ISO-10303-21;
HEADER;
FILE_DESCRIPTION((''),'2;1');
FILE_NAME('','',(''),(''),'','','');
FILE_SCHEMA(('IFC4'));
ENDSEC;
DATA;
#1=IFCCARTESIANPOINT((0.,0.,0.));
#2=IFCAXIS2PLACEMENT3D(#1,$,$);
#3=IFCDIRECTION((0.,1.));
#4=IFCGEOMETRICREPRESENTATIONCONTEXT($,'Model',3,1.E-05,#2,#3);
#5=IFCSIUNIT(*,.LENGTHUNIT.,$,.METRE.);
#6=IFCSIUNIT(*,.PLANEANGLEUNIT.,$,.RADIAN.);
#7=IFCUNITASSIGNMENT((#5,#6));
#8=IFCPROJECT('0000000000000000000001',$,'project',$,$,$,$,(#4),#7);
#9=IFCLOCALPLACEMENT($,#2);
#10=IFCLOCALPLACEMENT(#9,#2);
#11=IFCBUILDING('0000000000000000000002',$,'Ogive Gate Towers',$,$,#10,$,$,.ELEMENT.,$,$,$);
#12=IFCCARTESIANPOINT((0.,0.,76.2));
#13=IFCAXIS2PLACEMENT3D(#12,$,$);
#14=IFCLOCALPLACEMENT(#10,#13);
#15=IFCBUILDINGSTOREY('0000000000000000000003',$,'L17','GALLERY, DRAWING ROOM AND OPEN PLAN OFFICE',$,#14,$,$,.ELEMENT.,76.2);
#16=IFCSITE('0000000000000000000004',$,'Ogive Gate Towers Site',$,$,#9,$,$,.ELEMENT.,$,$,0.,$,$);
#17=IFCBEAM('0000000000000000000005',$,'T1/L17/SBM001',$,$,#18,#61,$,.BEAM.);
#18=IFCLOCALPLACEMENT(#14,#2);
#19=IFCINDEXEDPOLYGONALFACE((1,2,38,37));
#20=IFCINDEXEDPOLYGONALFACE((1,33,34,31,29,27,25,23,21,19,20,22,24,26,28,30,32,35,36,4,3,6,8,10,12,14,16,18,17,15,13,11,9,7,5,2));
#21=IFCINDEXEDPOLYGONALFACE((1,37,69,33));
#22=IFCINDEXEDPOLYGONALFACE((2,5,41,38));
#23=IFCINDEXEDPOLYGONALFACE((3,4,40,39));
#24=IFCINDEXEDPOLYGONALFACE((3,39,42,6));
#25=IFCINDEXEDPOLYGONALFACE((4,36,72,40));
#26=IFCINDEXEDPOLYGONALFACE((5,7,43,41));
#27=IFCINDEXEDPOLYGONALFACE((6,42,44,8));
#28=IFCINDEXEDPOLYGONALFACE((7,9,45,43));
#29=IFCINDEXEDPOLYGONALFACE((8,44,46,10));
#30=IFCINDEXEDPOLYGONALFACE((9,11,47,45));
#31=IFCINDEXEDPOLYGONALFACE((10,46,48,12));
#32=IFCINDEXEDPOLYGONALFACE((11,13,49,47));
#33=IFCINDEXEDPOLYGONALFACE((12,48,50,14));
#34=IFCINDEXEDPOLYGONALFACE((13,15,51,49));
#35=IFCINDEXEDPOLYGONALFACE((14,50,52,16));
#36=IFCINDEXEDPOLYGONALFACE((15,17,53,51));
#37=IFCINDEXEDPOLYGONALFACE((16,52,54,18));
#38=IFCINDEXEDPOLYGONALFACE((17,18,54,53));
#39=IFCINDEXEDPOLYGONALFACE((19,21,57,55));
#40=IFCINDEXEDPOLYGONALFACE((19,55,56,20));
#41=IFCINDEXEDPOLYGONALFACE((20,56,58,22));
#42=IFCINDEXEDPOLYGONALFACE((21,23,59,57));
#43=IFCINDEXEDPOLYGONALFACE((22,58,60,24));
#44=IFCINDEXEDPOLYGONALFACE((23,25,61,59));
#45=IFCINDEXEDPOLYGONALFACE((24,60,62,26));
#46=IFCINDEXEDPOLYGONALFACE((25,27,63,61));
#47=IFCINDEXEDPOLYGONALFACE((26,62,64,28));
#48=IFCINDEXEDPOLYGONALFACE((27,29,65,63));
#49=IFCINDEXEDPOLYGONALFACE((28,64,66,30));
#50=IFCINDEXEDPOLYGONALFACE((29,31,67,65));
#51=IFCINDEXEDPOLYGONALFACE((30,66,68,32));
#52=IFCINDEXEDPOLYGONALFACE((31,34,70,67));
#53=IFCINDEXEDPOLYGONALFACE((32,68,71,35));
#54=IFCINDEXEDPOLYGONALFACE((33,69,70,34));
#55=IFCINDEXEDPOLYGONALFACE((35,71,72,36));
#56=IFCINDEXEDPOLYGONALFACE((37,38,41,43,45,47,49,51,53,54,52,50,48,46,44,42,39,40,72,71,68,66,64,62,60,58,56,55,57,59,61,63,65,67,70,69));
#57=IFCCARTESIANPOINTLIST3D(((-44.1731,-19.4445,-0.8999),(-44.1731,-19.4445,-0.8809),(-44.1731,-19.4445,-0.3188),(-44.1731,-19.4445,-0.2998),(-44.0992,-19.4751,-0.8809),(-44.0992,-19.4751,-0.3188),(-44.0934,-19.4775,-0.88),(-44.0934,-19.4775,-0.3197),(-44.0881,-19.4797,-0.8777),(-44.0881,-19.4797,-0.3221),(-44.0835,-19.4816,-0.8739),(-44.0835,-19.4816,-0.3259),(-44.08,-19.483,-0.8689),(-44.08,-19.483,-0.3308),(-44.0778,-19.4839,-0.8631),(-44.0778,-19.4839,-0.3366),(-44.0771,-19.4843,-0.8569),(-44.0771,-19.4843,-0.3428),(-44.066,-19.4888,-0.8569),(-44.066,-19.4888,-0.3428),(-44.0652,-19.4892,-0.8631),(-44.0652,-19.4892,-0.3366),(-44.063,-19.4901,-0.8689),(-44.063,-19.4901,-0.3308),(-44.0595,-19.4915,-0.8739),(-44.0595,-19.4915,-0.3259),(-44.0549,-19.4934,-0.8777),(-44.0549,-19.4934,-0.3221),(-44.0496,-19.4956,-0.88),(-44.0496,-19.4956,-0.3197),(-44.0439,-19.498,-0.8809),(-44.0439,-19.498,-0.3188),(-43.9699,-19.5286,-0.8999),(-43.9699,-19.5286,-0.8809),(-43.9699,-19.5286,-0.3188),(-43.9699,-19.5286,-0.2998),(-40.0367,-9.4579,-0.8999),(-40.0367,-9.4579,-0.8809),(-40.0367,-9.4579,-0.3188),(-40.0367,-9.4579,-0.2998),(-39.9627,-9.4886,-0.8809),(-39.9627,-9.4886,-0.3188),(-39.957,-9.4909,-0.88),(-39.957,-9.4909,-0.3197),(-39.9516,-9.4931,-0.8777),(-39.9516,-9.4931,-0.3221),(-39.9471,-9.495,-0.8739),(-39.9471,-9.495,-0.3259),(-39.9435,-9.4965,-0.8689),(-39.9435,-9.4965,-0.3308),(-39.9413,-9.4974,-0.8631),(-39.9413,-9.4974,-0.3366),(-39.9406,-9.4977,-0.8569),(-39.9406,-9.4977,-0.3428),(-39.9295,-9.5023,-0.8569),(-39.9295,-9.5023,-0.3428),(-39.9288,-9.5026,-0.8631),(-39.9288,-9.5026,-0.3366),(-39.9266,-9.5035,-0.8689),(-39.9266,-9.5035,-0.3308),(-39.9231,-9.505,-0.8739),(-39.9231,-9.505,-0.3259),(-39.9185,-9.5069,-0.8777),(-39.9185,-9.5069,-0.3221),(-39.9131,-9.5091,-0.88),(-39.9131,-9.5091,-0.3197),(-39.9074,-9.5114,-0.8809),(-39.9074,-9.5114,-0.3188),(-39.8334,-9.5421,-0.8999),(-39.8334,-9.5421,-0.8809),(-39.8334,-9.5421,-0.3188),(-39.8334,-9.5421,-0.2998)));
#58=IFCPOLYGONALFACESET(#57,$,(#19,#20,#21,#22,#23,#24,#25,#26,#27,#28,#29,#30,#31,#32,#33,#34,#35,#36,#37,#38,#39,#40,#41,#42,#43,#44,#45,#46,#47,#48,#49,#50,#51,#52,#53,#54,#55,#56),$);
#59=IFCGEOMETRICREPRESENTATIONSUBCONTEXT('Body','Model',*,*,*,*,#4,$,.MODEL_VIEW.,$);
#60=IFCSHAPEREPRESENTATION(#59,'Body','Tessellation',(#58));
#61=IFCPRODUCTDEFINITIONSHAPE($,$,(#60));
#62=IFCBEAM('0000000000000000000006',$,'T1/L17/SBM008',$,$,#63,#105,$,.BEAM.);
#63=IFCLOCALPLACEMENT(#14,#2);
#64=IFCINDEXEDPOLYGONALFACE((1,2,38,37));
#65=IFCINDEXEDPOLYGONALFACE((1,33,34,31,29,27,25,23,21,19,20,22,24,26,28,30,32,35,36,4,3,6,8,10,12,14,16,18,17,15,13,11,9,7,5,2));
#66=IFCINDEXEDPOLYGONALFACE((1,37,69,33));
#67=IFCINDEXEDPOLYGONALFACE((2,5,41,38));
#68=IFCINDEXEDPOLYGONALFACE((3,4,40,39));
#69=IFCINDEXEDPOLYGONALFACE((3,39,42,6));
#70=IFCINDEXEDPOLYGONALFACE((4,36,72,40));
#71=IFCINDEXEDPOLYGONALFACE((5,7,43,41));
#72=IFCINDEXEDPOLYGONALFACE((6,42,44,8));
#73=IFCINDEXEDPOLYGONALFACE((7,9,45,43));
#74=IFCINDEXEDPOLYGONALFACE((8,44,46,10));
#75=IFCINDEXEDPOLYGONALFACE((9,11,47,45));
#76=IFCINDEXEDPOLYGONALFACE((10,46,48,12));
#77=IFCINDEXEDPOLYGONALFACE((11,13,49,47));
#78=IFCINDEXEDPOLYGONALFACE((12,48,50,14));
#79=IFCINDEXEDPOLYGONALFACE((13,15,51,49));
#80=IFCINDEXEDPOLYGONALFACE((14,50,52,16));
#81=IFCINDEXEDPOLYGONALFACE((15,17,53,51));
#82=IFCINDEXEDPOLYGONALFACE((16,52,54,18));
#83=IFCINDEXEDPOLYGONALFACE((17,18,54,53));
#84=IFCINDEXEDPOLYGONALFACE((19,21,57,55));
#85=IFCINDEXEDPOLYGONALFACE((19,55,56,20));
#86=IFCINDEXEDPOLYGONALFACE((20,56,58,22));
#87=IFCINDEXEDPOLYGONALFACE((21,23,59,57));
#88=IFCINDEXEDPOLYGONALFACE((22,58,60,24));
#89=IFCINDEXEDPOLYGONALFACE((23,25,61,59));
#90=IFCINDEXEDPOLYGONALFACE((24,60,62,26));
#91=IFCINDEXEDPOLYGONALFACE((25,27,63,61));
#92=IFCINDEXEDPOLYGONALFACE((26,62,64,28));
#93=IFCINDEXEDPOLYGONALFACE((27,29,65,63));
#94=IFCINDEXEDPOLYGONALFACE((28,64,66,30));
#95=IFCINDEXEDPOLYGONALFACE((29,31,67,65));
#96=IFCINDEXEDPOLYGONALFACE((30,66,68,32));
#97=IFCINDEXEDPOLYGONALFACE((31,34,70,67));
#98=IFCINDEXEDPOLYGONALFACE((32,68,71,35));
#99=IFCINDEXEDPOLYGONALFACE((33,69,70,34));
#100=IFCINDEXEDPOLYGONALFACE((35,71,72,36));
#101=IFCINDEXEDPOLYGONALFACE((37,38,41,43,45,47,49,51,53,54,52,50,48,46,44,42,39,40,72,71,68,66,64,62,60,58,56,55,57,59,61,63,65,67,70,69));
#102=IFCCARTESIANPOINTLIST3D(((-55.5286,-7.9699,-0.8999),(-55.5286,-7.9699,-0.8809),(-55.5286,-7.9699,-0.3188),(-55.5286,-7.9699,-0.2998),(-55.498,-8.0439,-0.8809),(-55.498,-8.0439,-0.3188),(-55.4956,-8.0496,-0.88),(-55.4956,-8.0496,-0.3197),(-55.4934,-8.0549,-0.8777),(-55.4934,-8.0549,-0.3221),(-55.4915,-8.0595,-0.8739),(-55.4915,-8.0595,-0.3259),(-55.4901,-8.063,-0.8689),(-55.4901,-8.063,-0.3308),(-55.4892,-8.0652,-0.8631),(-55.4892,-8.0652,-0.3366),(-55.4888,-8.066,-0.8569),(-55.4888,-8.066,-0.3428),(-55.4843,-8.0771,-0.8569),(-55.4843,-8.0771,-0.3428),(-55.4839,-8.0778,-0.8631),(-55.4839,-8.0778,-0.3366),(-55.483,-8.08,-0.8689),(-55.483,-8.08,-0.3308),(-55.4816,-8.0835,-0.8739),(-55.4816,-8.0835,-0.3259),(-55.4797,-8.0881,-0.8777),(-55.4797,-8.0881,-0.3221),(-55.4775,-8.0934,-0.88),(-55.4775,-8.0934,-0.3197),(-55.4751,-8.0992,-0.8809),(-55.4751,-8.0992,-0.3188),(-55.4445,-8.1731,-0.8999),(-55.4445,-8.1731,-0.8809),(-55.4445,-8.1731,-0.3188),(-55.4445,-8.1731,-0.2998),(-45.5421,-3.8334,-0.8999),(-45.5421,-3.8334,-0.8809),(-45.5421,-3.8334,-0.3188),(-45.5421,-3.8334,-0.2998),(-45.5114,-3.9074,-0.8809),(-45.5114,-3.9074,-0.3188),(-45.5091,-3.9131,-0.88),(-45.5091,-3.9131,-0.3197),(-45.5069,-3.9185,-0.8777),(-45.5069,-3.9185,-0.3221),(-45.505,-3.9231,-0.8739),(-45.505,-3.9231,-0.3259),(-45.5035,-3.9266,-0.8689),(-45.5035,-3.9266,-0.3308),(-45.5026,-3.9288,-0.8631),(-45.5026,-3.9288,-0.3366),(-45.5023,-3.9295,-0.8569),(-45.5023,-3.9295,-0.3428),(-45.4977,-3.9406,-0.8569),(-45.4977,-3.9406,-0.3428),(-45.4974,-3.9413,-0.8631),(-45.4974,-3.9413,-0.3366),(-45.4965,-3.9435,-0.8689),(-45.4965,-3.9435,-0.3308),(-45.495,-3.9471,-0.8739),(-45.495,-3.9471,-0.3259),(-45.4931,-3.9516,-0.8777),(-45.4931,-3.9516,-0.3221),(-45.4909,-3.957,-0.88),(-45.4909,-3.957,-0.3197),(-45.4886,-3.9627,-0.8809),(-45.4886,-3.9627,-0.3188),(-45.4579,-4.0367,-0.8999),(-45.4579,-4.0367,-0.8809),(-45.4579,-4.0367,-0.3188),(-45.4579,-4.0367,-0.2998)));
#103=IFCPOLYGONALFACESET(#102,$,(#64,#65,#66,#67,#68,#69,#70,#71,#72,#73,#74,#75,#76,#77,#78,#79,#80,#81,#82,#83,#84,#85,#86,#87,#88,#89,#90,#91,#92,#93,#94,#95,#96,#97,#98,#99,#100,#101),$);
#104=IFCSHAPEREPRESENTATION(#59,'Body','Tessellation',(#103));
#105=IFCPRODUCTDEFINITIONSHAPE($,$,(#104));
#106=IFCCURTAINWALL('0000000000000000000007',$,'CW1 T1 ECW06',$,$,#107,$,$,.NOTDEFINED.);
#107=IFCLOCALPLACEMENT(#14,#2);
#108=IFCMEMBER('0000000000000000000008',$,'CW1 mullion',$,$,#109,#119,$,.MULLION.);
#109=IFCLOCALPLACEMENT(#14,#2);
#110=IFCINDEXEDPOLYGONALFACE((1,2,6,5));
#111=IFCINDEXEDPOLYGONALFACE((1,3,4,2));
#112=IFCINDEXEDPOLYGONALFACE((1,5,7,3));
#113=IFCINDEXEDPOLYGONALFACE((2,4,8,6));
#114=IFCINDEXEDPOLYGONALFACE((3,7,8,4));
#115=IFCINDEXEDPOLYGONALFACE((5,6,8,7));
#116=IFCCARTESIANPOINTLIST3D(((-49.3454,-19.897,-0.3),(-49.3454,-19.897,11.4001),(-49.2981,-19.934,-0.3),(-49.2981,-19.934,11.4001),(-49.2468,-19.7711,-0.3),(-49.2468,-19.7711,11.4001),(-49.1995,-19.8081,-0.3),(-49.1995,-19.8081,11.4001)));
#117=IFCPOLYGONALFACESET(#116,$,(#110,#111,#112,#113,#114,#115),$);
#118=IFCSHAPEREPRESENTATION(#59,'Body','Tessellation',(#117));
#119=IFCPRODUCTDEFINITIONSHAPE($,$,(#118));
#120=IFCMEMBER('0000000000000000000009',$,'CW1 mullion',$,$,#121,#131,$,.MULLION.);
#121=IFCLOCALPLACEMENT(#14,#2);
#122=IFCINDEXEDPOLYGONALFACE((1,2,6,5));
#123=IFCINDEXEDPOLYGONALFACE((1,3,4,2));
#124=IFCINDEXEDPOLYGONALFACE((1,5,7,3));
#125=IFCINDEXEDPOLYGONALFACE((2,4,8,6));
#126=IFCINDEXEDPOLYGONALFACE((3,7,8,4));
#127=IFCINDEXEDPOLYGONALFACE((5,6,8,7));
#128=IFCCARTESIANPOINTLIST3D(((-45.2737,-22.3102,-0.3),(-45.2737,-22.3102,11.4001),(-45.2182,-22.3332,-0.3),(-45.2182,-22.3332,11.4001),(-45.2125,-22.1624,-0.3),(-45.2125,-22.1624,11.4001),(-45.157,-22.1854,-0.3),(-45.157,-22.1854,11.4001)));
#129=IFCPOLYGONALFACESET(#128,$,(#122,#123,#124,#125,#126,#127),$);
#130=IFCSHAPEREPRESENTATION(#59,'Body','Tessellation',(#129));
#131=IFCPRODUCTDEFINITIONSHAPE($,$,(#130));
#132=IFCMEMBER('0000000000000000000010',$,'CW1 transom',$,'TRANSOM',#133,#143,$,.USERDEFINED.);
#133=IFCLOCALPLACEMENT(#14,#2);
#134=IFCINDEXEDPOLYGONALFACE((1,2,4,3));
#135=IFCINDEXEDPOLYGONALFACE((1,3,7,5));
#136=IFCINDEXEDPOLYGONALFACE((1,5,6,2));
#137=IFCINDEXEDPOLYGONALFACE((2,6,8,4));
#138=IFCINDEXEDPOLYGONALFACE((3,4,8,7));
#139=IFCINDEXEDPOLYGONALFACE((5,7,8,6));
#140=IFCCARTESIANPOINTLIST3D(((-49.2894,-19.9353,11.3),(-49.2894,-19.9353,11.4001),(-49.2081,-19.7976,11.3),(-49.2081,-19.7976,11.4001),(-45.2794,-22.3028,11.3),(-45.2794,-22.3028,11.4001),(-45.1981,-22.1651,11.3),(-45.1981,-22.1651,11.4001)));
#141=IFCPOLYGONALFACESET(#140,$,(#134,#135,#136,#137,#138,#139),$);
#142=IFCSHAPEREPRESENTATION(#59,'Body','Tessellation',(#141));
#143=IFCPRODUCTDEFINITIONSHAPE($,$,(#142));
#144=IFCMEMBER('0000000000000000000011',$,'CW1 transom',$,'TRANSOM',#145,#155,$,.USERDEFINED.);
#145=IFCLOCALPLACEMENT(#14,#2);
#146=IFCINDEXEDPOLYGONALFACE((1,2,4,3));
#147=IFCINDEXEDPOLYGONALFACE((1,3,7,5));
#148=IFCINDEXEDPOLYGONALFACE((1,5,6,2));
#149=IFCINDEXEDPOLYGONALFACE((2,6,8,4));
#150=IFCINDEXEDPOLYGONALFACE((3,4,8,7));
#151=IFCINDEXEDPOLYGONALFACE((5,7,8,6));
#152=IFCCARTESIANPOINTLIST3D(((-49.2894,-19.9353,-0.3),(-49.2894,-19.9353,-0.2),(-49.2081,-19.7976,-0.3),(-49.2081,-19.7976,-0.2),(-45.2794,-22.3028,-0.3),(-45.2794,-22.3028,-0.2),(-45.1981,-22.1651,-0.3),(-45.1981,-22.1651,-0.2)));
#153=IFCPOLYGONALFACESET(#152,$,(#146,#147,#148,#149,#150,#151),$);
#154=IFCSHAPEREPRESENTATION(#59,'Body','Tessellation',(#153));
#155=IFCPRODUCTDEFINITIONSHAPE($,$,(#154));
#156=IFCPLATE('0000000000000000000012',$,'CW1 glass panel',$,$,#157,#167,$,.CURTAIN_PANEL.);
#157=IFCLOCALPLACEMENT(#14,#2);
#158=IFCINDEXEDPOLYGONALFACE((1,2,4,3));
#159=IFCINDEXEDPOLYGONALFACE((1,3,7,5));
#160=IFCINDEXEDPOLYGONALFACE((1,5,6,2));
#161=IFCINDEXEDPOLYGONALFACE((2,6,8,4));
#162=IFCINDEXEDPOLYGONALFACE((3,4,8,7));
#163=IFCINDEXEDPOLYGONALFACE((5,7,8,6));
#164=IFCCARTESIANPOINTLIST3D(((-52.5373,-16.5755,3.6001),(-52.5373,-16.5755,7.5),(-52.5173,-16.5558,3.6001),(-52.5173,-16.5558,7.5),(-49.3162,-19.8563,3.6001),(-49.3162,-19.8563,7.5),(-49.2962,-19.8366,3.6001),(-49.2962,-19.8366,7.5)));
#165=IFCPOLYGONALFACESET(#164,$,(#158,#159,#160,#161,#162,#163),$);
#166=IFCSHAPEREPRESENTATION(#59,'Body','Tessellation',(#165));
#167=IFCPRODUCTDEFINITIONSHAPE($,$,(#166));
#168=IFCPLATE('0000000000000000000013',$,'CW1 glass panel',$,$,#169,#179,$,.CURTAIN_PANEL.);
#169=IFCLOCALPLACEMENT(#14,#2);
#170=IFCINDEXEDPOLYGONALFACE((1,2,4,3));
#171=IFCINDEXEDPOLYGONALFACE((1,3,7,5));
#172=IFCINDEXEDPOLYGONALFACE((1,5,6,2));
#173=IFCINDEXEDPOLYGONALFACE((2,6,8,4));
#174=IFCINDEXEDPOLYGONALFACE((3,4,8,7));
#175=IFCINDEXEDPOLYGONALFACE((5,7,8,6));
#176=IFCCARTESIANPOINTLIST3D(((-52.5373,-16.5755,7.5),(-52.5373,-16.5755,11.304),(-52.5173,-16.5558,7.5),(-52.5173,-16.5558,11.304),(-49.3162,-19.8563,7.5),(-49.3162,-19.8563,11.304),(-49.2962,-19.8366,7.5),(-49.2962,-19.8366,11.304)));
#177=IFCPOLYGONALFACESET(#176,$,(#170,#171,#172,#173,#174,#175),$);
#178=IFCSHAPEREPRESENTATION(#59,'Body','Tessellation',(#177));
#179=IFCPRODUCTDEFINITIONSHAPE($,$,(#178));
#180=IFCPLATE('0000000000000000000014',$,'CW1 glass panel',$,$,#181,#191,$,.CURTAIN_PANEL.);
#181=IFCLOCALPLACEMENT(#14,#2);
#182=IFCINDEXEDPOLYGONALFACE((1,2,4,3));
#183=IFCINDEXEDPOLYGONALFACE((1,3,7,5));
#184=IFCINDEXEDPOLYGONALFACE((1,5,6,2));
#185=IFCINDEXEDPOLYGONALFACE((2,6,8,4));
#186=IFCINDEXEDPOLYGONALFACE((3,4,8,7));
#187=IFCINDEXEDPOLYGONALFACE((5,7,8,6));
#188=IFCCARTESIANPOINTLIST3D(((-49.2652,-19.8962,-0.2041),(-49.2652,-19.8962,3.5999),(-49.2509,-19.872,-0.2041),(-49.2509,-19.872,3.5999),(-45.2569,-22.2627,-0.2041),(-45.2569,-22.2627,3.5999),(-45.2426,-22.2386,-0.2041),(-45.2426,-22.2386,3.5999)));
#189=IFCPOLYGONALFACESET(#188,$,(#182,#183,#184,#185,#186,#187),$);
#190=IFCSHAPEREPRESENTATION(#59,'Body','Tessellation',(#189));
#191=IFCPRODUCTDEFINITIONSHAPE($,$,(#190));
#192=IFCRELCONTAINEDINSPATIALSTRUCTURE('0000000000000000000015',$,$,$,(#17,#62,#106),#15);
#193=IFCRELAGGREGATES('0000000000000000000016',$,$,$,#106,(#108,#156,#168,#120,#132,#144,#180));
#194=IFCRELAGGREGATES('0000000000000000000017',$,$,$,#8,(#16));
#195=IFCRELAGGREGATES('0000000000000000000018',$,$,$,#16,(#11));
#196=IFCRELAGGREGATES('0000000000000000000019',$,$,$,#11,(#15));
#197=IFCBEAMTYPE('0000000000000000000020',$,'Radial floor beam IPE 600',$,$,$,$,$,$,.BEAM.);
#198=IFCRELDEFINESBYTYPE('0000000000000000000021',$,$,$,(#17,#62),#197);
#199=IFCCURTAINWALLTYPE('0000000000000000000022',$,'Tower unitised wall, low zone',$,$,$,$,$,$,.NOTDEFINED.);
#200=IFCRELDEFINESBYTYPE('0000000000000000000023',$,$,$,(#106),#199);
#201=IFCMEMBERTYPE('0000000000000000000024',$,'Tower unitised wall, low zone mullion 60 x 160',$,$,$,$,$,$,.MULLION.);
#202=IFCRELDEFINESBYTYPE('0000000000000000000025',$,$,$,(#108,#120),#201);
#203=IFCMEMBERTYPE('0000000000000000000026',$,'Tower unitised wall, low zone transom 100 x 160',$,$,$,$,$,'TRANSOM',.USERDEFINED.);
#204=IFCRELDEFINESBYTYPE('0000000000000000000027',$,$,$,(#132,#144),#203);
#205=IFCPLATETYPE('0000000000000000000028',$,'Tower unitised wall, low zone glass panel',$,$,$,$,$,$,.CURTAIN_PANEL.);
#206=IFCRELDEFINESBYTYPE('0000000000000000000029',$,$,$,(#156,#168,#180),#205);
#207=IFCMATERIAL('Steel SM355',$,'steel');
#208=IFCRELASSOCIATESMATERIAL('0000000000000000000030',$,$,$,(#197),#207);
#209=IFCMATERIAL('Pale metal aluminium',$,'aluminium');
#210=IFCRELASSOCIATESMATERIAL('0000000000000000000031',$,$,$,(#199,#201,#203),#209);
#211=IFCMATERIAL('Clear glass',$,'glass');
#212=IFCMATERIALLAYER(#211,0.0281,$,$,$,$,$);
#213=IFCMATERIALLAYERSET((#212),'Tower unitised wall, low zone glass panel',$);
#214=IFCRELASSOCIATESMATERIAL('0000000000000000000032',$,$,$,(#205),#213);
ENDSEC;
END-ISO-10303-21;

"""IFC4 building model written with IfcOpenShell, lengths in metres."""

from ifc_helpers import new_model, si_unit, direction, frame, origin, origin_2d, place, context, subcontext, project, spatial, rectangle, i_section, extrude, material, layer, layer_set, material_profile, profile_set, type_object, element, aggregate, save


model = new_model("IFC4")

# Units and contexts
model_context = context("Model", 3, precision=1e-05, world=origin(), true_north=direction((0.0, 1.0)))
body_context = subcontext(model_context, "Body", "Model", "MODEL_VIEW")
ifc_project = project(units=[si_unit("LENGTHUNIT", "METRE"), si_unit("PLANEANGLEUNIT", "RADIAN")], contexts=[model_context])

# Site, building, storey
site_placement = place(None, origin())
site = spatial("IfcSite", under=ifc_project, at=site_placement, Name="Ogive Gate Towers Site", CompositionType="ELEMENT", RefElevation=0.0)
building_placement = place(site_placement, origin())
building = spatial("IfcBuilding", under=site, at=building_placement, Name="Ogive Gate Towers", CompositionType="ELEMENT")
storey_placement = place(building_placement, frame((0.0, 0.0, 76.2)))
storey = spatial("IfcBuildingStorey", under=building, at=storey_placement, Name="L17", Description="GALLERY, DRAWING ROOM AND OPEN PLAN OFFICE", CompositionType="ELEMENT", Elevation=76.2)

# Beams
ifc_material_1 = material(Name="Steel SM355", Category="steel")
ifc_material_profile_1 = material_profile(ifc_material_1, i_section(OverallWidth=0.22, OverallDepth=0.6001, WebThickness=0.012, FlangeThickness=0.019, FilletRadius=0.0239, at=origin_2d()), Name="IPE 600")
ifc_profile_set_1 = profile_set([ifc_material_profile_1], Name="Steel SM355")
beam_type = type_object("IfcBeamType", Name="Radial floor beam IPE 600", PredefinedType="BEAM", material=ifc_profile_set_1)
for number, where, z_axis, x_axis, name in (
    (1, (-39.9351, -9.5, -0.5999), (-0.382676, -0.923883, 0.0), (0.923883, -0.382676, 0.0), "T1/L17/SBM001"),
    (2, (-45.5, -3.9351, -0.5999), (-0.923883, -0.382676, 0.0), (0.382676, -0.923883, 0.0), "T1/L17/SBM008"),
):
    element("IfcBeam", number, at=place(storey_placement, frame(where, z_axis=z_axis, x_axis=x_axis)), inside=storey, type_object=beam_type, Name=name, PredefinedType="BEAM", context=body_context, shape_type="SweptSolid", body=[
        extrude(i_section(OverallWidth=0.22, OverallDepth=0.6001, WebThickness=0.012, FlangeThickness=0.019, FilletRadius=0.0239, at=origin_2d()), origin(), (0.0, 0.0, 1.0), 10.8093),
    ])

# Curtain wall, members, plates
ifc_material_2 = material(Name="Pale metal aluminium", Category="aluminium")
curtain_wall_type = type_object("IfcCurtainWallType", Name="Tower unitised wall, low zone", PredefinedType="NOTDEFINED", material=ifc_material_2)
curtain_wall_placement = place(storey_placement, origin())
curtain_wall = element("IfcCurtainWall", 3, at=curtain_wall_placement, inside=storey, type_object=curtain_wall_type, Name="CW1 T1 ECW06", PredefinedType="NOTDEFINED")
ifc_material_profile_2 = material_profile(ifc_material_2, rectangle(XDim=0.1599, YDim=0.0601, at=origin_2d()), Name="60 x 160 aluminium box")
ifc_profile_set_2 = profile_set([ifc_material_profile_2], Name="Pale metal aluminium")
member_type_1 = type_object("IfcMemberType", Name="Tower unitised wall, low zone mullion 60 x 160", PredefinedType="MULLION", material=ifc_profile_set_2)
member_1_placement = place(storey_placement, frame((-49.2725, -19.8525, -0.3), z_axis=(0.0, 0.0, 1.0), x_axis=(-0.616239, -0.787559, 0.0)))
member_1 = element("IfcMember", 4, at=member_1_placement, type_object=member_type_1, Name="CW1 mullion", PredefinedType="MULLION", context=body_context, shape_type="SweptSolid", body=[
    extrude(rectangle(XDim=0.1599, YDim=0.0601, at=origin_2d()), origin(), (0.0, 0.0, 1.0), 11.7002),
])
member_2_placement = place(storey_placement, frame((-45.2153, -22.2478, -0.3), z_axis=(0.0, 0.0, 1.0), x_axis=(-0.382683, -0.92388, 0.0)))
member_2 = element("IfcMember", 5, at=member_2_placement, type_object=member_type_1, Name="CW1 mullion", PredefinedType="MULLION", context=body_context, shape_type="SweptSolid", body=[
    extrude(rectangle(XDim=0.1599, YDim=0.0601, at=origin_2d()), origin(), (0.0, 0.0, 1.0), 11.7002),
])
ifc_material_profile_3 = material_profile(ifc_material_2, rectangle(XDim=0.1599, YDim=0.1001, at=origin_2d()), Name="100 x 160 aluminium box")
ifc_profile_set_3 = profile_set([ifc_material_profile_3], Name="Pale metal aluminium")
member_type_2 = type_object("IfcMemberType", Name="Tower unitised wall, low zone transom 100 x 160", ElementType="TRANSOM", PredefinedType="USERDEFINED", material=ifc_profile_set_3)
member_3_placement = place(storey_placement, frame((-49.2488, -19.8665, 11.3501), z_axis=(0.861126, -0.508392, 0.0), x_axis=(0.508392, 0.861126, 0.0)))
member_3 = element("IfcMember", 6, at=member_3_placement, type_object=member_type_2, Name="CW1 transom", ObjectType="TRANSOM", PredefinedType="USERDEFINED", context=body_context, shape_type="SweptSolid", body=[
    extrude(rectangle(XDim=0.1599, YDim=0.1001, at=origin_2d()), origin(), (0.0, 0.0, 1.0), 4.6567),
])
member_4_placement = place(storey_placement, frame((-49.2488, -19.8665, -0.25), z_axis=(0.861126, -0.508392, 0.0), x_axis=(0.508392, 0.861126, 0.0)))
member_4 = element("IfcMember", 7, at=member_4_placement, type_object=member_type_2, Name="CW1 transom", ObjectType="TRANSOM", PredefinedType="USERDEFINED", context=body_context, shape_type="SweptSolid", body=[
    extrude(rectangle(XDim=0.1599, YDim=0.1001, at=origin_2d()), origin(), (0.0, 0.0, 1.0), 4.6567),
])
ifc_material_3 = material(Name="Clear glass", Category="glass")
ifc_layer_1 = layer(ifc_material_3, 0.0281)
ifc_layer_set_1 = layer_set([ifc_layer_1], Name="Tower unitised wall, low zone glass panel")
plate_type = type_object("IfcPlateType", Name="Tower unitised wall, low zone glass panel", PredefinedType="CURTAIN_PANEL", material=ifc_layer_set_1)
plate_1_placement = place(storey_placement, frame((-50.9167, -18.2061, 3.6001), z_axis=(0.0, 0.0, 1.0), x_axis=(0.700586, -0.713568, 0.0)))
plate_1 = element("IfcPlate", 8, at=plate_1_placement, type_object=plate_type, Name="CW1 glass panel", PredefinedType="CURTAIN_PANEL", context=body_context, shape_type="SweptSolid", body=[
    extrude(rectangle(XDim=4.5977, YDim=0.0281, at=origin_2d()), origin(), (0.0, 0.0, 1.0), 3.8999),
])
plate_2_placement = place(storey_placement, frame((-50.9167, -18.2061, 7.5), z_axis=(0.0, 0.0, 1.0), x_axis=(0.700586, -0.713568, 0.0)))
plate_2 = element("IfcPlate", 9, at=plate_2_placement, type_object=plate_type, Name="CW1 glass panel", PredefinedType="CURTAIN_PANEL", context=body_context, shape_type="SweptSolid", body=[
    extrude(rectangle(XDim=4.5977, YDim=0.0281, at=origin_2d()), origin(), (0.0, 0.0, 1.0), 3.804),
])
plate_3_placement = place(storey_placement, frame((-47.2539, -21.0674, -0.2041), z_axis=(0.0, 0.0, 1.0), x_axis=(0.861115, -0.50841, 0.0)))
plate_3 = element("IfcPlate", 10, at=plate_3_placement, type_object=plate_type, Name="CW1 glass panel", PredefinedType="CURTAIN_PANEL", context=body_context, shape_type="SweptSolid", body=[
    extrude(rectangle(XDim=4.6548, YDim=0.0281, at=origin_2d()), origin(), (0.0, 0.0, 1.0), 3.804),
])
aggregate(curtain_wall, [member_1, plate_1, plate_2, member_2, member_3, member_4, plate_3])

save(model, "model.ifc")
